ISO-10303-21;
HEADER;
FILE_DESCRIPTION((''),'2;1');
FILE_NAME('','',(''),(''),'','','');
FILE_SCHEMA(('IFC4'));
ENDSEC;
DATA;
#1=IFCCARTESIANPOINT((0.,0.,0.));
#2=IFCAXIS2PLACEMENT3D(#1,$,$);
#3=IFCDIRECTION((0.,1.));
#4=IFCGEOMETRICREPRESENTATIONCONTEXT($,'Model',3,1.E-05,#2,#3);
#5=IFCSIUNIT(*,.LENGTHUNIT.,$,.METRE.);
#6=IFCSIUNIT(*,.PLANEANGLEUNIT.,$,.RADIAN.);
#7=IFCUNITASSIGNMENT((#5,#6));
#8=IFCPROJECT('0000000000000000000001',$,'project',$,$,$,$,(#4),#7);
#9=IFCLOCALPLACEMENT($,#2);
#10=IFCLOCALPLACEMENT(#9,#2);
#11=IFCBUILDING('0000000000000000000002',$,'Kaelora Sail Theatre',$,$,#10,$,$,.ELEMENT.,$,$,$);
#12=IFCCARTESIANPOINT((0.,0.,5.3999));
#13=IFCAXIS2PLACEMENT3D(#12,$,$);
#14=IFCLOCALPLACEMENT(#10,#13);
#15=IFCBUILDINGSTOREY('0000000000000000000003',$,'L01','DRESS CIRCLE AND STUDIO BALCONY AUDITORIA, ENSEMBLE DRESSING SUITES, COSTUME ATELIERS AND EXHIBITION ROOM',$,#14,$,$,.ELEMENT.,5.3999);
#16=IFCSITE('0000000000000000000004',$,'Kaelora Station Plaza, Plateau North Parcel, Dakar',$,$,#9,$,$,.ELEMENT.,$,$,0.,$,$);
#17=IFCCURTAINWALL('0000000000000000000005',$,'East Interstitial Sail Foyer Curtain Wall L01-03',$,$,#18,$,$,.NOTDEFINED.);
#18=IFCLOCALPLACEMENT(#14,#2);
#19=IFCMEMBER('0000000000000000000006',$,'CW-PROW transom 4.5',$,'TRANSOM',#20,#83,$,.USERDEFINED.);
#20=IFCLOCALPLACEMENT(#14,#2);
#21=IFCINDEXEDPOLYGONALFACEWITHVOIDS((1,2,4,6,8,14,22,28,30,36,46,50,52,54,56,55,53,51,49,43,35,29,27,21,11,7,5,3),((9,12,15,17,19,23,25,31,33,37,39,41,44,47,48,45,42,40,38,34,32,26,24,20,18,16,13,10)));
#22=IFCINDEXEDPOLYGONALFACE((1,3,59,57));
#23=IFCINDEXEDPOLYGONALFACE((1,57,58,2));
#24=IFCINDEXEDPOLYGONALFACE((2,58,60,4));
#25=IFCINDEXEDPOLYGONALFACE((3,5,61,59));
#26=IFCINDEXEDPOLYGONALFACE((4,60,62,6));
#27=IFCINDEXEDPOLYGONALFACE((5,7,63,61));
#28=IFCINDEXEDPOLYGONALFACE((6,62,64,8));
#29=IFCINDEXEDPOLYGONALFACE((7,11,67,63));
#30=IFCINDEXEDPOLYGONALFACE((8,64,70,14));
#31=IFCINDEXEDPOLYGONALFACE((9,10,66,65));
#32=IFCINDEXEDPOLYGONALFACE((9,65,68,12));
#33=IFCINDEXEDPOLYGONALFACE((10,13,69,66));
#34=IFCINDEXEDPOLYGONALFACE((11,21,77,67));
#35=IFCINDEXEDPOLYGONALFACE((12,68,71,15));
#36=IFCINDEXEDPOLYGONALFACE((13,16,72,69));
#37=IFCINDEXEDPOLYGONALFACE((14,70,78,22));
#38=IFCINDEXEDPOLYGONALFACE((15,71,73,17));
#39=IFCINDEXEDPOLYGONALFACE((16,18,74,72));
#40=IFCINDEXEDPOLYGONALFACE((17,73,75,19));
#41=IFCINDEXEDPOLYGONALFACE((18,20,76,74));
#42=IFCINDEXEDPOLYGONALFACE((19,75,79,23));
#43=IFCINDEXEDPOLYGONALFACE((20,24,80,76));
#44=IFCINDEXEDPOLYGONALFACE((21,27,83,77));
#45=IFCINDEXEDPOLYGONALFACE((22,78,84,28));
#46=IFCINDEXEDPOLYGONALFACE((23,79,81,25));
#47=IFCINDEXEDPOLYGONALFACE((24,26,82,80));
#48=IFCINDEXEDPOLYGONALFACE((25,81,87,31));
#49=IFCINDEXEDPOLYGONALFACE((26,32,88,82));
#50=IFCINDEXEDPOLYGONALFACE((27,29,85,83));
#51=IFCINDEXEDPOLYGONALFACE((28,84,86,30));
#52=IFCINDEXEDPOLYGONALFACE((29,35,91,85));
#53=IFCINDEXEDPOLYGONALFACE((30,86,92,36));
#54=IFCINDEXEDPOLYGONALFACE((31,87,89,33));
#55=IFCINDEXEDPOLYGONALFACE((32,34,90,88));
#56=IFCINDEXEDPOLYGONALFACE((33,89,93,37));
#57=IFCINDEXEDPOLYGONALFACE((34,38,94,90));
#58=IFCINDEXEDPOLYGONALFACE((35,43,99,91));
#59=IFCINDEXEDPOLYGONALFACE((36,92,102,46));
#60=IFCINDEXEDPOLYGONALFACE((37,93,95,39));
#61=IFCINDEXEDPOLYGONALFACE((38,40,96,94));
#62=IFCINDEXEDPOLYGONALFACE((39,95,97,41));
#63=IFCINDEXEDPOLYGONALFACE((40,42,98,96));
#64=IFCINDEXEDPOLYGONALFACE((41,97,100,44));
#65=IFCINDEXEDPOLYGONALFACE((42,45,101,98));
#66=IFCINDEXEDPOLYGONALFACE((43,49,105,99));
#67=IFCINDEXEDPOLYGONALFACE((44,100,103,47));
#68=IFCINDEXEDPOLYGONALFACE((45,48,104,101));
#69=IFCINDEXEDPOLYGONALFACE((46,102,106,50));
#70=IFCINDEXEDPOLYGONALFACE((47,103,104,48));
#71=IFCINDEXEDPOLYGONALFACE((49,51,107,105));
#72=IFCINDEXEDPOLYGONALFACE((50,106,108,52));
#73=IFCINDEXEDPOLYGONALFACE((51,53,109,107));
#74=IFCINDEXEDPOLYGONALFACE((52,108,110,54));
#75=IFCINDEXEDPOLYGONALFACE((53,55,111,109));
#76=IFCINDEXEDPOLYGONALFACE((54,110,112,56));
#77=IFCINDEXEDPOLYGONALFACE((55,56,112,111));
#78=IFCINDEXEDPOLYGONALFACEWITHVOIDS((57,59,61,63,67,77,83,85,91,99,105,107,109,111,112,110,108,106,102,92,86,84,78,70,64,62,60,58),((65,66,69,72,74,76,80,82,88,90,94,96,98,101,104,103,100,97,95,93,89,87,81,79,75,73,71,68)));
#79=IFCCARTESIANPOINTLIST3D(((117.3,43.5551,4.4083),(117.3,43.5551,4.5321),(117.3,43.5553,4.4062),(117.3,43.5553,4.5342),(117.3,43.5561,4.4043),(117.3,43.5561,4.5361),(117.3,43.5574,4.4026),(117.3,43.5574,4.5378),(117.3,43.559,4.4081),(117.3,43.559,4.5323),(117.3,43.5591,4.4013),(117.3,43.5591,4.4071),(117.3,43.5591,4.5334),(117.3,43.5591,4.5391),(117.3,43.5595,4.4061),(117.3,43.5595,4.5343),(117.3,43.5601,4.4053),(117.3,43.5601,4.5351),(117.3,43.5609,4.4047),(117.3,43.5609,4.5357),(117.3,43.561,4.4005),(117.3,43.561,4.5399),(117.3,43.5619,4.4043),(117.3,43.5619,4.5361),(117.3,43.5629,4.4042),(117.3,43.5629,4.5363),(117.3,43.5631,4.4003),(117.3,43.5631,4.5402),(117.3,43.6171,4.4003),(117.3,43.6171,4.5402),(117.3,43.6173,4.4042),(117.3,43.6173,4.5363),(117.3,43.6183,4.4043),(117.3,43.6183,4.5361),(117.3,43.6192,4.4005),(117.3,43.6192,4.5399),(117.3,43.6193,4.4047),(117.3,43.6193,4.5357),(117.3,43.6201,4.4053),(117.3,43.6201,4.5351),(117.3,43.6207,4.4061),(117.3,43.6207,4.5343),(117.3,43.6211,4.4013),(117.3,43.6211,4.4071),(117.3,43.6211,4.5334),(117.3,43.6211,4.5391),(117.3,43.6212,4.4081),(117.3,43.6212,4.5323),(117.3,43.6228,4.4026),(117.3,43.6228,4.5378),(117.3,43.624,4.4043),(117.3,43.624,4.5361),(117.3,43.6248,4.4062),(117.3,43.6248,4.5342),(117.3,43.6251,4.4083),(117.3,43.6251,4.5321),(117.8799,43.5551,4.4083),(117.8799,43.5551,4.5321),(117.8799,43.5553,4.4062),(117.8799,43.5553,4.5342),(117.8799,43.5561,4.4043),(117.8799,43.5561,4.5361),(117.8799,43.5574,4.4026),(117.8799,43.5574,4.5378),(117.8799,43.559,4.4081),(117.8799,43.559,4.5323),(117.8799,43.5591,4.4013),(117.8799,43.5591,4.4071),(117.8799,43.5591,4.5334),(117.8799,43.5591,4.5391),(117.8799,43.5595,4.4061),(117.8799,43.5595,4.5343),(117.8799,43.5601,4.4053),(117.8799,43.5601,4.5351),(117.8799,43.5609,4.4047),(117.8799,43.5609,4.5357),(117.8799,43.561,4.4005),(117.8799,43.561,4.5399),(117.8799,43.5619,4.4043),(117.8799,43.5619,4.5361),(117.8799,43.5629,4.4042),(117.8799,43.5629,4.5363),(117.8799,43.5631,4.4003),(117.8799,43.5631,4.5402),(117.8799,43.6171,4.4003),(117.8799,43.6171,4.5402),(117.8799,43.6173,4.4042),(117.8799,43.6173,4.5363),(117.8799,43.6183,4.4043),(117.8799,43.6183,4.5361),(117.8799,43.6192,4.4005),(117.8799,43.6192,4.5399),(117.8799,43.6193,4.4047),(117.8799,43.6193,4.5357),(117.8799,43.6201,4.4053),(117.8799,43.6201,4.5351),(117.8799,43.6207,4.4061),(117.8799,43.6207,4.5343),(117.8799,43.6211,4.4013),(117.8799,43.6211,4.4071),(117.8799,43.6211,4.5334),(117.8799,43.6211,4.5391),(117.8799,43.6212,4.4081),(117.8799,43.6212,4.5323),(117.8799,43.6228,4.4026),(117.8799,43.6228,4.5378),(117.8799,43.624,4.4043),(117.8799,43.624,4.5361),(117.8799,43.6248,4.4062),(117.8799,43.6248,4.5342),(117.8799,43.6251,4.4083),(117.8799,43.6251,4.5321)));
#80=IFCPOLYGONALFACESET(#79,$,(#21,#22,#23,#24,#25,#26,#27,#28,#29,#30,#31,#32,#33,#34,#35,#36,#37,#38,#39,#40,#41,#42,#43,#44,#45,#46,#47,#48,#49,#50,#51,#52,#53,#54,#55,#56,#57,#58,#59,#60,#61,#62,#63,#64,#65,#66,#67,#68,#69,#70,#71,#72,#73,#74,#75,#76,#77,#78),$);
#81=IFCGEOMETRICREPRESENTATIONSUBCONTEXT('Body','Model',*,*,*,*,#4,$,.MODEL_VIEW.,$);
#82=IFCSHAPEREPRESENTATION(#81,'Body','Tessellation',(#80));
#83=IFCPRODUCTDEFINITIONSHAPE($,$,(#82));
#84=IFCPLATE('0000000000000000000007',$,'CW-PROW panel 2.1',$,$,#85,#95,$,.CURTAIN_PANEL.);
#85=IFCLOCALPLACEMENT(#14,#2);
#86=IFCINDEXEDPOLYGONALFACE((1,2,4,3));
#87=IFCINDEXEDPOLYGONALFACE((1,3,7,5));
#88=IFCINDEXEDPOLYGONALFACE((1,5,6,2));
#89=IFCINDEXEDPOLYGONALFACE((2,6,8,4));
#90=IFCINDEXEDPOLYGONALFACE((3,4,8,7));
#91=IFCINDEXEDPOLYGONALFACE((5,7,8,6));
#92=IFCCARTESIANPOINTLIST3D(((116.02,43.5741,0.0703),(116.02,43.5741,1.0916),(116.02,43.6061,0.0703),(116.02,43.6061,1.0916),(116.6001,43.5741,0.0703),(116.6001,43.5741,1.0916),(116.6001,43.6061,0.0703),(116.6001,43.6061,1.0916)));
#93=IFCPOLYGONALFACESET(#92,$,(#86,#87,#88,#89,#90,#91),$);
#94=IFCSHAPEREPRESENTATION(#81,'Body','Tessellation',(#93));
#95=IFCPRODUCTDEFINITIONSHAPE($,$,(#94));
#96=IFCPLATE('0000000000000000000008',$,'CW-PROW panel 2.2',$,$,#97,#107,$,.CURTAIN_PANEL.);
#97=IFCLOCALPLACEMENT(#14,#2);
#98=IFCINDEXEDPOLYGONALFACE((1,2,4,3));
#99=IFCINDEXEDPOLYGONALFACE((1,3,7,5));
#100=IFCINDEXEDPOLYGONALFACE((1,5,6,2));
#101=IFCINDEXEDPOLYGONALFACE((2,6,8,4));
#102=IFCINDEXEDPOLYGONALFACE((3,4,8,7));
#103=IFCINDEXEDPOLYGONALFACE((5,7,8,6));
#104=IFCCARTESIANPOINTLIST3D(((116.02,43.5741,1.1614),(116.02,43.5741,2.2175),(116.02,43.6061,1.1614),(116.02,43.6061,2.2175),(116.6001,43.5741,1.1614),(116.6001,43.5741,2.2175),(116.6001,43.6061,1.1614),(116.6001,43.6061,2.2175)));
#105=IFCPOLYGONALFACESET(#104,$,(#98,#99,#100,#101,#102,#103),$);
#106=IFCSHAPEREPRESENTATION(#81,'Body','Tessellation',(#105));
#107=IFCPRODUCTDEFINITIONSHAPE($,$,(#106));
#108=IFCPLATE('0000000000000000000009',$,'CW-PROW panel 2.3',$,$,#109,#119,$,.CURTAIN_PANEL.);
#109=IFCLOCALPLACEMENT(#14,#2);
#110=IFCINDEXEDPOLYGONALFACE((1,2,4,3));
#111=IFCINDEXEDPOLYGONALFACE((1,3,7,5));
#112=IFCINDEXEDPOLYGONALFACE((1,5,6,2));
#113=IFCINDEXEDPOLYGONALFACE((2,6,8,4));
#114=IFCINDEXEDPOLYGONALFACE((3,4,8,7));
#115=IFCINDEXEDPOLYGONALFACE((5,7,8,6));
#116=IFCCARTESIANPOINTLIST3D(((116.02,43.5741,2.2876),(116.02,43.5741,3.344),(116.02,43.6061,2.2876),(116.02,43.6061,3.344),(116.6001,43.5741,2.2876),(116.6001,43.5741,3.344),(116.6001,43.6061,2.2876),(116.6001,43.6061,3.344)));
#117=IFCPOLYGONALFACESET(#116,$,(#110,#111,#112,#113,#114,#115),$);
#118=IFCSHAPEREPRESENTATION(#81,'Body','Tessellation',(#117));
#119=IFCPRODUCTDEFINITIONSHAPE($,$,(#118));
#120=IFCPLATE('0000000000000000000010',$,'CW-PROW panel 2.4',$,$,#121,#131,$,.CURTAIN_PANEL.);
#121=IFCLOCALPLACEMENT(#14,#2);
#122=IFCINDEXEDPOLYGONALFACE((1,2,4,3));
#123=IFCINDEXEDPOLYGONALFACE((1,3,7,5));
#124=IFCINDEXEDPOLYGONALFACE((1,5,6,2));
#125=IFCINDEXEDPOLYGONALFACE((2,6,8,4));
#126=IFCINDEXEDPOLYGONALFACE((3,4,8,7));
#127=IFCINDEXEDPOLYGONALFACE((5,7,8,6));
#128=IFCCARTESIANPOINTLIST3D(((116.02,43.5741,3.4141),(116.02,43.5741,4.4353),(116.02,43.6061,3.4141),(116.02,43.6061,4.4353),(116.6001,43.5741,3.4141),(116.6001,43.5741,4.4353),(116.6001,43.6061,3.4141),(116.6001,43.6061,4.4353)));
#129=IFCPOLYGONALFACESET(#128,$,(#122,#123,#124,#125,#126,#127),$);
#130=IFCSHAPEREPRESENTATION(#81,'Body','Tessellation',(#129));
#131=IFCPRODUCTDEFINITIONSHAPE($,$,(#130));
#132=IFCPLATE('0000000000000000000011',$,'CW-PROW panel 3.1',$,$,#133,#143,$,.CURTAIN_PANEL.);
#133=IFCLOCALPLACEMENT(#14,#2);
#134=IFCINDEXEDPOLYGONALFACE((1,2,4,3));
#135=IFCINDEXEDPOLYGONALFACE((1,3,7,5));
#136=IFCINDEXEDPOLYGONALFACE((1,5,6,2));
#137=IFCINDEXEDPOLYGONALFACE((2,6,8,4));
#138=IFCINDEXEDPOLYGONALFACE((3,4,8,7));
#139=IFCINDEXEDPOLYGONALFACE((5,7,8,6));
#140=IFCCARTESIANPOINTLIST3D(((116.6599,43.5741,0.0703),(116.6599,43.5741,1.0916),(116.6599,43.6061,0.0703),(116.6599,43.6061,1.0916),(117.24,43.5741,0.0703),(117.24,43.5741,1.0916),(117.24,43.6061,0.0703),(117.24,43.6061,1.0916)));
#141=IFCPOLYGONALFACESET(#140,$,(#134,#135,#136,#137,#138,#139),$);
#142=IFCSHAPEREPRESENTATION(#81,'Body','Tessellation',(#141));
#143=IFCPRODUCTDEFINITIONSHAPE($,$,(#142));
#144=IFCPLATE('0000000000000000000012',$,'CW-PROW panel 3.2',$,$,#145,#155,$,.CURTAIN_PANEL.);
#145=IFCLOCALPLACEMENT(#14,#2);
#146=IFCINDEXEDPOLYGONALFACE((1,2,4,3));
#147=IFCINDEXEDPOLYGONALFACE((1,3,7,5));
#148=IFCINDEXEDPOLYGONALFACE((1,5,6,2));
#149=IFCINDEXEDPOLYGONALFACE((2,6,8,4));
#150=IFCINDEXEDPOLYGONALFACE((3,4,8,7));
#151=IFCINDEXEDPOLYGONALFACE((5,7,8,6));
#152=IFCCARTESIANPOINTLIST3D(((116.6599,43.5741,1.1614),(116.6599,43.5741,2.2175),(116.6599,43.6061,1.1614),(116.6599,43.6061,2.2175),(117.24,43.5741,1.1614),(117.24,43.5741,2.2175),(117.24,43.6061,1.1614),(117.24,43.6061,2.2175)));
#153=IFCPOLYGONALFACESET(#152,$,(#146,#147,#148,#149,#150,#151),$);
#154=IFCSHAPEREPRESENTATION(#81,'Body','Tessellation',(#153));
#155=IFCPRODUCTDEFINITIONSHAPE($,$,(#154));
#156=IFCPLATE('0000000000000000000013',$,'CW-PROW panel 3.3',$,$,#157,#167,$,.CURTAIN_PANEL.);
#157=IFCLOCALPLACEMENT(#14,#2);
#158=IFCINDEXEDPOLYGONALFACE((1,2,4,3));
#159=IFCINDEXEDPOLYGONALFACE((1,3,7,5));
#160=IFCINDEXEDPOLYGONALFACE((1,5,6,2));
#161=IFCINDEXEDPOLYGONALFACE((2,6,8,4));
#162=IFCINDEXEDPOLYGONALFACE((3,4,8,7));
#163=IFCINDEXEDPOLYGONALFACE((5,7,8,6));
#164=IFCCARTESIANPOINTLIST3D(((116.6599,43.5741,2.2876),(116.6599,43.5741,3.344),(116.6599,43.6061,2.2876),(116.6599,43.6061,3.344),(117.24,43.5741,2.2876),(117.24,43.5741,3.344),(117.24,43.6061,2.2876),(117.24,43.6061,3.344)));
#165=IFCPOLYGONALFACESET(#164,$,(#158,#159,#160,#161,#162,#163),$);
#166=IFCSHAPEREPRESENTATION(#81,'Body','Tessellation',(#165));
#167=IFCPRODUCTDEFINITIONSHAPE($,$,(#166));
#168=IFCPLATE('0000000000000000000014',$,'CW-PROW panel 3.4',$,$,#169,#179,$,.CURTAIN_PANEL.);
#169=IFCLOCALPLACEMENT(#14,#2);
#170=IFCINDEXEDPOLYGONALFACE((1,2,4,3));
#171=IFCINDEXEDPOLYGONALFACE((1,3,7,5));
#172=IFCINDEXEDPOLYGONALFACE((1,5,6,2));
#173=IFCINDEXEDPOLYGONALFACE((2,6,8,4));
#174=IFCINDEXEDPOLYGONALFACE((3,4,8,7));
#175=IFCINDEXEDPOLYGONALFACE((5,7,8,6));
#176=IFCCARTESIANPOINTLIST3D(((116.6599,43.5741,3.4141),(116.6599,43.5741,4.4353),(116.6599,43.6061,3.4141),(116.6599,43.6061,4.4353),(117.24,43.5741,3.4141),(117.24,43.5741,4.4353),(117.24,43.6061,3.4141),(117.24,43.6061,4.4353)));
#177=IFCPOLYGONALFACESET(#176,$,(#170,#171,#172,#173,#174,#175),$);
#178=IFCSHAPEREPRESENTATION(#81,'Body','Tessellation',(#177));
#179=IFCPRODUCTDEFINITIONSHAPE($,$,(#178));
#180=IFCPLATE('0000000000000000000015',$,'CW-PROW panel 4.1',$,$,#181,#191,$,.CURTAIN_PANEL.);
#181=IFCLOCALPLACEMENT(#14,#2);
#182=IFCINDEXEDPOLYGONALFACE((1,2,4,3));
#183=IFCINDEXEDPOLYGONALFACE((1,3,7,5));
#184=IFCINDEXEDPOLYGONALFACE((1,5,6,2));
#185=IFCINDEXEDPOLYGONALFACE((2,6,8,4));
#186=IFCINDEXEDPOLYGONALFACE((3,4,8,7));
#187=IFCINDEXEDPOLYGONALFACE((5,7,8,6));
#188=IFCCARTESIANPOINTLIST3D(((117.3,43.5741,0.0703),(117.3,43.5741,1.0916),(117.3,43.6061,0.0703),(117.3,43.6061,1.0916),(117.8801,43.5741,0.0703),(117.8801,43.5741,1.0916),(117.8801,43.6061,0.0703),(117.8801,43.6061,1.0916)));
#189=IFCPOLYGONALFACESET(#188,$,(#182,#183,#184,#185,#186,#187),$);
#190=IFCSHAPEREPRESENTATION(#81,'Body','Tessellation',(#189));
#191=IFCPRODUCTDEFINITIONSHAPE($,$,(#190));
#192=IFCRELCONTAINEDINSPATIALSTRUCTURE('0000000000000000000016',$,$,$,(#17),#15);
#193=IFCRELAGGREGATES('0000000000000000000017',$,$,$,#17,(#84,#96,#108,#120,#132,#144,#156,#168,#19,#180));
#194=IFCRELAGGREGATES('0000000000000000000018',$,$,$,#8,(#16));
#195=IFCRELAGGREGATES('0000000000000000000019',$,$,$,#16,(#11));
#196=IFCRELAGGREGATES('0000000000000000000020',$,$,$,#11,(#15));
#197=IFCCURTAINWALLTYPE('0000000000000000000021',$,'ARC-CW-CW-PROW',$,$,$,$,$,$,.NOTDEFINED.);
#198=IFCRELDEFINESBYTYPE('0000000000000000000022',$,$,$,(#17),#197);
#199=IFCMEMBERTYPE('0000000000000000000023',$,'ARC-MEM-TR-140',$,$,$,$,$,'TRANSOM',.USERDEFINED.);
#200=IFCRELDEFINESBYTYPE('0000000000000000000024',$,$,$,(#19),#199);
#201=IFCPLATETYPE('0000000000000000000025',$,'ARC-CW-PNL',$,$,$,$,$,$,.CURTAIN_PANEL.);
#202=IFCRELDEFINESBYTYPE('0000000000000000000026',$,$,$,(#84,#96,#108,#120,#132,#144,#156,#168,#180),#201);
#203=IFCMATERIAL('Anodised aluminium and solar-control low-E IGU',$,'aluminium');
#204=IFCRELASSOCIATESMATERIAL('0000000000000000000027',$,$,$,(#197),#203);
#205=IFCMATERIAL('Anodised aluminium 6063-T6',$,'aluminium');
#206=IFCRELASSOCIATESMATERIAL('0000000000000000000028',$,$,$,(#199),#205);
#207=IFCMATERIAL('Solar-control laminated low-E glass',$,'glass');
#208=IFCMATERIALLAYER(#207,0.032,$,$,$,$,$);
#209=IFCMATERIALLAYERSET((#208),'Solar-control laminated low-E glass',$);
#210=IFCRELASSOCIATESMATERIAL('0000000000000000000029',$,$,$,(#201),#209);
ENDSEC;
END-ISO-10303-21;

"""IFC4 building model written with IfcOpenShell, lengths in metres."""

from ifc_helpers import new_model, si_unit, direction, frame, origin, origin_2d, place, context, subcontext, project, spatial, rectangle, hollow_rectangle, extrude, material, layer, layer_set, material_profile, profile_set, type_object, element, aggregate, save


model = new_model("IFC4")

# Units and contexts
model_context = context("Model", 3, precision=1e-05, world=origin(), true_north=direction((0.0, 1.0)))
body_context = subcontext(model_context, "Body", "Model", "MODEL_VIEW")
ifc_project = project(units=[si_unit("LENGTHUNIT", "METRE"), si_unit("PLANEANGLEUNIT", "RADIAN")], contexts=[model_context])

# Site, building, storey
site_placement = place(None, origin())
site = spatial("IfcSite", under=ifc_project, at=site_placement, Name="Kaelora Station Plaza, Plateau North Parcel, Dakar", CompositionType="ELEMENT", RefElevation=0.0)
building_placement = place(site_placement, origin())
building = spatial("IfcBuilding", under=site, at=building_placement, Name="Kaelora Sail Theatre", CompositionType="ELEMENT")
storey_placement = place(building_placement, frame((0.0, 0.0, 5.3999)))
storey = spatial("IfcBuildingStorey", under=building, at=storey_placement, Name="L01", Description="DRESS CIRCLE AND STUDIO BALCONY AUDITORIA, ENSEMBLE DRESSING SUITES, COSTUME ATELIERS AND EXHIBITION ROOM", CompositionType="ELEMENT", Elevation=5.3999)

# Curtain wall, member, plates
ifc_material_1 = material(Name="Anodised aluminium and solar-control low-E IGU", Category="aluminium")
curtain_wall_type = type_object("IfcCurtainWallType", Name="ARC-CW-CW-PROW", PredefinedType="NOTDEFINED", material=ifc_material_1)
curtain_wall_placement = place(storey_placement, origin())
curtain_wall = element("IfcCurtainWall", 1, at=curtain_wall_placement, inside=storey, type_object=curtain_wall_type, Name="East Interstitial Sail Foyer Curtain Wall L01-03", PredefinedType="NOTDEFINED")
ifc_material_2 = material(Name="Anodised aluminium 6063-T6", Category="aluminium")
ifc_material_profile_1 = material_profile(ifc_material_2, hollow_rectangle(XDim=0.0701, YDim=0.1399, WallThickness=0.0039, InnerFilletRadius=0.0039, OuterFilletRadius=0.0081, at=origin_2d()), Name="ALU-TRAN 70x140x4")
ifc_profile_set_1 = profile_set([ifc_material_profile_1], Name="Anodised aluminium 6063-T6")
member_type_1 = type_object("IfcMemberType", Name="ARC-MEM-TR-140", ElementType="TRANSOM", PredefinedType="USERDEFINED", material=ifc_profile_set_1)
member_1_placement = place(storey_placement, frame((117.3, 43.5901, 4.4702), z_axis=(1.0, 0.0, 0.0), x_axis=(0.0, 1.0, 0.0)))
member_1 = element("IfcMember", 2, at=member_1_placement, type_object=member_type_1, Name="CW-PROW transom 4.5", ObjectType="TRANSOM", PredefinedType="USERDEFINED", context=body_context, shape_type="SweptSolid", body=[
    extrude(hollow_rectangle(XDim=0.0701, YDim=0.1399, WallThickness=0.0039, InnerFilletRadius=0.0039, OuterFilletRadius=0.0081, at=origin_2d()), origin(), (0.0, 0.0, 1.0), 0.5798),
])
ifc_material_3 = material(Name="Solar-control laminated low-E glass", Category="glass")
ifc_layer = layer(ifc_material_3, 0.032)
ifc_layer_set = layer_set([ifc_layer], Name="Solar-control laminated low-E glass")
plate_type = type_object("IfcPlateType", Name="ARC-CW-PNL", PredefinedType="CURTAIN_PANEL", material=ifc_layer_set)
plate_1_placement = place(storey_placement, frame((116.3101, 43.5901, 0.0703), z_axis=(0.0, 0.0, 1.0), x_axis=(1.0, 0.0, 0.0)))
plate_1 = element("IfcPlate", 3, at=plate_1_placement, type_object=plate_type, Name="CW-PROW panel 2.1", PredefinedType="CURTAIN_PANEL", context=body_context, shape_type="SweptSolid", body=[
    extrude(rectangle(XDim=0.5801, YDim=0.032, at=origin_2d()), origin(), (0.0, 0.0, 1.0), 1.0212),
])
plate_2_placement = place(storey_placement, frame((116.3101, 43.5901, 1.1614), z_axis=(0.0, 0.0, 1.0), x_axis=(1.0, 0.0, 0.0)))
plate_2 = element("IfcPlate", 4, at=plate_2_placement, type_object=plate_type, Name="CW-PROW panel 2.2", PredefinedType="CURTAIN_PANEL", context=body_context, shape_type="SweptSolid", body=[
    extrude(rectangle(XDim=0.5801, YDim=0.032, at=origin_2d()), origin(), (0.0, 0.0, 1.0), 1.0562),
])
plate_3_placement = place(storey_placement, frame((116.3101, 43.5901, 2.2876), z_axis=(0.0, 0.0, 1.0), x_axis=(1.0, 0.0, 0.0)))
plate_3 = element("IfcPlate", 5, at=plate_3_placement, type_object=plate_type, Name="CW-PROW panel 2.3", PredefinedType="CURTAIN_PANEL", context=body_context, shape_type="SweptSolid", body=[
    extrude(rectangle(XDim=0.5801, YDim=0.032, at=origin_2d()), origin(), (0.0, 0.0, 1.0), 1.0564),
])
plate_4_placement = place(storey_placement, frame((116.3101, 43.5901, 3.4141), z_axis=(0.0, 0.0, 1.0), x_axis=(1.0, 0.0, 0.0)))
plate_4 = element("IfcPlate", 6, at=plate_4_placement, type_object=plate_type, Name="CW-PROW panel 2.4", PredefinedType="CURTAIN_PANEL", context=body_context, shape_type="SweptSolid", body=[
    extrude(rectangle(XDim=0.5801, YDim=0.032, at=origin_2d()), origin(), (0.0, 0.0, 1.0), 1.0212),
])
plate_5_placement = place(storey_placement, frame((116.95, 43.5901, 0.0703), z_axis=(0.0, 0.0, 1.0), x_axis=(1.0, 0.0, 0.0)))
plate_5 = element("IfcPlate", 7, at=plate_5_placement, type_object=plate_type, Name="CW-PROW panel 3.1", PredefinedType="CURTAIN_PANEL", context=body_context, shape_type="SweptSolid", body=[
    extrude(rectangle(XDim=0.5801, YDim=0.032, at=origin_2d()), origin(), (0.0, 0.0, 1.0), 1.0212),
])
plate_6_placement = place(storey_placement, frame((116.95, 43.5901, 1.1614), z_axis=(0.0, 0.0, 1.0), x_axis=(1.0, 0.0, 0.0)))
plate_6 = element("IfcPlate", 8, at=plate_6_placement, type_object=plate_type, Name="CW-PROW panel 3.2", PredefinedType="CURTAIN_PANEL", context=body_context, shape_type="SweptSolid", body=[
    extrude(rectangle(XDim=0.5801, YDim=0.032, at=origin_2d()), origin(), (0.0, 0.0, 1.0), 1.0562),
])
plate_7_placement = place(storey_placement, frame((116.95, 43.5901, 2.2876), z_axis=(0.0, 0.0, 1.0), x_axis=(1.0, 0.0, 0.0)))
plate_7 = element("IfcPlate", 9, at=plate_7_placement, type_object=plate_type, Name="CW-PROW panel 3.3", PredefinedType="CURTAIN_PANEL", context=body_context, shape_type="SweptSolid", body=[
    extrude(rectangle(XDim=0.5801, YDim=0.032, at=origin_2d()), origin(), (0.0, 0.0, 1.0), 1.0564),
])
plate_8_placement = place(storey_placement, frame((116.95, 43.5901, 3.4141), z_axis=(0.0, 0.0, 1.0), x_axis=(1.0, 0.0, 0.0)))
plate_8 = element("IfcPlate", 10, at=plate_8_placement, type_object=plate_type, Name="CW-PROW panel 3.4", PredefinedType="CURTAIN_PANEL", context=body_context, shape_type="SweptSolid", body=[
    extrude(rectangle(XDim=0.5801, YDim=0.032, at=origin_2d()), origin(), (0.0, 0.0, 1.0), 1.0212),
])
plate_9_placement = place(storey_placement, frame((117.5901, 43.5901, 0.0703), z_axis=(0.0, 0.0, 1.0), x_axis=(1.0, 0.0, 0.0)))
plate_9 = element("IfcPlate", 11, at=plate_9_placement, type_object=plate_type, Name="CW-PROW panel 4.1", PredefinedType="CURTAIN_PANEL", context=body_context, shape_type="SweptSolid", body=[
    extrude(rectangle(XDim=0.5801, YDim=0.032, at=origin_2d()), origin(), (0.0, 0.0, 1.0), 1.0212),
])
aggregate(curtain_wall, [plate_1, plate_2, plate_3, plate_4, plate_5, plate_6, plate_7, plate_8, member_1, plate_9])

save(model, "model.ifc")
